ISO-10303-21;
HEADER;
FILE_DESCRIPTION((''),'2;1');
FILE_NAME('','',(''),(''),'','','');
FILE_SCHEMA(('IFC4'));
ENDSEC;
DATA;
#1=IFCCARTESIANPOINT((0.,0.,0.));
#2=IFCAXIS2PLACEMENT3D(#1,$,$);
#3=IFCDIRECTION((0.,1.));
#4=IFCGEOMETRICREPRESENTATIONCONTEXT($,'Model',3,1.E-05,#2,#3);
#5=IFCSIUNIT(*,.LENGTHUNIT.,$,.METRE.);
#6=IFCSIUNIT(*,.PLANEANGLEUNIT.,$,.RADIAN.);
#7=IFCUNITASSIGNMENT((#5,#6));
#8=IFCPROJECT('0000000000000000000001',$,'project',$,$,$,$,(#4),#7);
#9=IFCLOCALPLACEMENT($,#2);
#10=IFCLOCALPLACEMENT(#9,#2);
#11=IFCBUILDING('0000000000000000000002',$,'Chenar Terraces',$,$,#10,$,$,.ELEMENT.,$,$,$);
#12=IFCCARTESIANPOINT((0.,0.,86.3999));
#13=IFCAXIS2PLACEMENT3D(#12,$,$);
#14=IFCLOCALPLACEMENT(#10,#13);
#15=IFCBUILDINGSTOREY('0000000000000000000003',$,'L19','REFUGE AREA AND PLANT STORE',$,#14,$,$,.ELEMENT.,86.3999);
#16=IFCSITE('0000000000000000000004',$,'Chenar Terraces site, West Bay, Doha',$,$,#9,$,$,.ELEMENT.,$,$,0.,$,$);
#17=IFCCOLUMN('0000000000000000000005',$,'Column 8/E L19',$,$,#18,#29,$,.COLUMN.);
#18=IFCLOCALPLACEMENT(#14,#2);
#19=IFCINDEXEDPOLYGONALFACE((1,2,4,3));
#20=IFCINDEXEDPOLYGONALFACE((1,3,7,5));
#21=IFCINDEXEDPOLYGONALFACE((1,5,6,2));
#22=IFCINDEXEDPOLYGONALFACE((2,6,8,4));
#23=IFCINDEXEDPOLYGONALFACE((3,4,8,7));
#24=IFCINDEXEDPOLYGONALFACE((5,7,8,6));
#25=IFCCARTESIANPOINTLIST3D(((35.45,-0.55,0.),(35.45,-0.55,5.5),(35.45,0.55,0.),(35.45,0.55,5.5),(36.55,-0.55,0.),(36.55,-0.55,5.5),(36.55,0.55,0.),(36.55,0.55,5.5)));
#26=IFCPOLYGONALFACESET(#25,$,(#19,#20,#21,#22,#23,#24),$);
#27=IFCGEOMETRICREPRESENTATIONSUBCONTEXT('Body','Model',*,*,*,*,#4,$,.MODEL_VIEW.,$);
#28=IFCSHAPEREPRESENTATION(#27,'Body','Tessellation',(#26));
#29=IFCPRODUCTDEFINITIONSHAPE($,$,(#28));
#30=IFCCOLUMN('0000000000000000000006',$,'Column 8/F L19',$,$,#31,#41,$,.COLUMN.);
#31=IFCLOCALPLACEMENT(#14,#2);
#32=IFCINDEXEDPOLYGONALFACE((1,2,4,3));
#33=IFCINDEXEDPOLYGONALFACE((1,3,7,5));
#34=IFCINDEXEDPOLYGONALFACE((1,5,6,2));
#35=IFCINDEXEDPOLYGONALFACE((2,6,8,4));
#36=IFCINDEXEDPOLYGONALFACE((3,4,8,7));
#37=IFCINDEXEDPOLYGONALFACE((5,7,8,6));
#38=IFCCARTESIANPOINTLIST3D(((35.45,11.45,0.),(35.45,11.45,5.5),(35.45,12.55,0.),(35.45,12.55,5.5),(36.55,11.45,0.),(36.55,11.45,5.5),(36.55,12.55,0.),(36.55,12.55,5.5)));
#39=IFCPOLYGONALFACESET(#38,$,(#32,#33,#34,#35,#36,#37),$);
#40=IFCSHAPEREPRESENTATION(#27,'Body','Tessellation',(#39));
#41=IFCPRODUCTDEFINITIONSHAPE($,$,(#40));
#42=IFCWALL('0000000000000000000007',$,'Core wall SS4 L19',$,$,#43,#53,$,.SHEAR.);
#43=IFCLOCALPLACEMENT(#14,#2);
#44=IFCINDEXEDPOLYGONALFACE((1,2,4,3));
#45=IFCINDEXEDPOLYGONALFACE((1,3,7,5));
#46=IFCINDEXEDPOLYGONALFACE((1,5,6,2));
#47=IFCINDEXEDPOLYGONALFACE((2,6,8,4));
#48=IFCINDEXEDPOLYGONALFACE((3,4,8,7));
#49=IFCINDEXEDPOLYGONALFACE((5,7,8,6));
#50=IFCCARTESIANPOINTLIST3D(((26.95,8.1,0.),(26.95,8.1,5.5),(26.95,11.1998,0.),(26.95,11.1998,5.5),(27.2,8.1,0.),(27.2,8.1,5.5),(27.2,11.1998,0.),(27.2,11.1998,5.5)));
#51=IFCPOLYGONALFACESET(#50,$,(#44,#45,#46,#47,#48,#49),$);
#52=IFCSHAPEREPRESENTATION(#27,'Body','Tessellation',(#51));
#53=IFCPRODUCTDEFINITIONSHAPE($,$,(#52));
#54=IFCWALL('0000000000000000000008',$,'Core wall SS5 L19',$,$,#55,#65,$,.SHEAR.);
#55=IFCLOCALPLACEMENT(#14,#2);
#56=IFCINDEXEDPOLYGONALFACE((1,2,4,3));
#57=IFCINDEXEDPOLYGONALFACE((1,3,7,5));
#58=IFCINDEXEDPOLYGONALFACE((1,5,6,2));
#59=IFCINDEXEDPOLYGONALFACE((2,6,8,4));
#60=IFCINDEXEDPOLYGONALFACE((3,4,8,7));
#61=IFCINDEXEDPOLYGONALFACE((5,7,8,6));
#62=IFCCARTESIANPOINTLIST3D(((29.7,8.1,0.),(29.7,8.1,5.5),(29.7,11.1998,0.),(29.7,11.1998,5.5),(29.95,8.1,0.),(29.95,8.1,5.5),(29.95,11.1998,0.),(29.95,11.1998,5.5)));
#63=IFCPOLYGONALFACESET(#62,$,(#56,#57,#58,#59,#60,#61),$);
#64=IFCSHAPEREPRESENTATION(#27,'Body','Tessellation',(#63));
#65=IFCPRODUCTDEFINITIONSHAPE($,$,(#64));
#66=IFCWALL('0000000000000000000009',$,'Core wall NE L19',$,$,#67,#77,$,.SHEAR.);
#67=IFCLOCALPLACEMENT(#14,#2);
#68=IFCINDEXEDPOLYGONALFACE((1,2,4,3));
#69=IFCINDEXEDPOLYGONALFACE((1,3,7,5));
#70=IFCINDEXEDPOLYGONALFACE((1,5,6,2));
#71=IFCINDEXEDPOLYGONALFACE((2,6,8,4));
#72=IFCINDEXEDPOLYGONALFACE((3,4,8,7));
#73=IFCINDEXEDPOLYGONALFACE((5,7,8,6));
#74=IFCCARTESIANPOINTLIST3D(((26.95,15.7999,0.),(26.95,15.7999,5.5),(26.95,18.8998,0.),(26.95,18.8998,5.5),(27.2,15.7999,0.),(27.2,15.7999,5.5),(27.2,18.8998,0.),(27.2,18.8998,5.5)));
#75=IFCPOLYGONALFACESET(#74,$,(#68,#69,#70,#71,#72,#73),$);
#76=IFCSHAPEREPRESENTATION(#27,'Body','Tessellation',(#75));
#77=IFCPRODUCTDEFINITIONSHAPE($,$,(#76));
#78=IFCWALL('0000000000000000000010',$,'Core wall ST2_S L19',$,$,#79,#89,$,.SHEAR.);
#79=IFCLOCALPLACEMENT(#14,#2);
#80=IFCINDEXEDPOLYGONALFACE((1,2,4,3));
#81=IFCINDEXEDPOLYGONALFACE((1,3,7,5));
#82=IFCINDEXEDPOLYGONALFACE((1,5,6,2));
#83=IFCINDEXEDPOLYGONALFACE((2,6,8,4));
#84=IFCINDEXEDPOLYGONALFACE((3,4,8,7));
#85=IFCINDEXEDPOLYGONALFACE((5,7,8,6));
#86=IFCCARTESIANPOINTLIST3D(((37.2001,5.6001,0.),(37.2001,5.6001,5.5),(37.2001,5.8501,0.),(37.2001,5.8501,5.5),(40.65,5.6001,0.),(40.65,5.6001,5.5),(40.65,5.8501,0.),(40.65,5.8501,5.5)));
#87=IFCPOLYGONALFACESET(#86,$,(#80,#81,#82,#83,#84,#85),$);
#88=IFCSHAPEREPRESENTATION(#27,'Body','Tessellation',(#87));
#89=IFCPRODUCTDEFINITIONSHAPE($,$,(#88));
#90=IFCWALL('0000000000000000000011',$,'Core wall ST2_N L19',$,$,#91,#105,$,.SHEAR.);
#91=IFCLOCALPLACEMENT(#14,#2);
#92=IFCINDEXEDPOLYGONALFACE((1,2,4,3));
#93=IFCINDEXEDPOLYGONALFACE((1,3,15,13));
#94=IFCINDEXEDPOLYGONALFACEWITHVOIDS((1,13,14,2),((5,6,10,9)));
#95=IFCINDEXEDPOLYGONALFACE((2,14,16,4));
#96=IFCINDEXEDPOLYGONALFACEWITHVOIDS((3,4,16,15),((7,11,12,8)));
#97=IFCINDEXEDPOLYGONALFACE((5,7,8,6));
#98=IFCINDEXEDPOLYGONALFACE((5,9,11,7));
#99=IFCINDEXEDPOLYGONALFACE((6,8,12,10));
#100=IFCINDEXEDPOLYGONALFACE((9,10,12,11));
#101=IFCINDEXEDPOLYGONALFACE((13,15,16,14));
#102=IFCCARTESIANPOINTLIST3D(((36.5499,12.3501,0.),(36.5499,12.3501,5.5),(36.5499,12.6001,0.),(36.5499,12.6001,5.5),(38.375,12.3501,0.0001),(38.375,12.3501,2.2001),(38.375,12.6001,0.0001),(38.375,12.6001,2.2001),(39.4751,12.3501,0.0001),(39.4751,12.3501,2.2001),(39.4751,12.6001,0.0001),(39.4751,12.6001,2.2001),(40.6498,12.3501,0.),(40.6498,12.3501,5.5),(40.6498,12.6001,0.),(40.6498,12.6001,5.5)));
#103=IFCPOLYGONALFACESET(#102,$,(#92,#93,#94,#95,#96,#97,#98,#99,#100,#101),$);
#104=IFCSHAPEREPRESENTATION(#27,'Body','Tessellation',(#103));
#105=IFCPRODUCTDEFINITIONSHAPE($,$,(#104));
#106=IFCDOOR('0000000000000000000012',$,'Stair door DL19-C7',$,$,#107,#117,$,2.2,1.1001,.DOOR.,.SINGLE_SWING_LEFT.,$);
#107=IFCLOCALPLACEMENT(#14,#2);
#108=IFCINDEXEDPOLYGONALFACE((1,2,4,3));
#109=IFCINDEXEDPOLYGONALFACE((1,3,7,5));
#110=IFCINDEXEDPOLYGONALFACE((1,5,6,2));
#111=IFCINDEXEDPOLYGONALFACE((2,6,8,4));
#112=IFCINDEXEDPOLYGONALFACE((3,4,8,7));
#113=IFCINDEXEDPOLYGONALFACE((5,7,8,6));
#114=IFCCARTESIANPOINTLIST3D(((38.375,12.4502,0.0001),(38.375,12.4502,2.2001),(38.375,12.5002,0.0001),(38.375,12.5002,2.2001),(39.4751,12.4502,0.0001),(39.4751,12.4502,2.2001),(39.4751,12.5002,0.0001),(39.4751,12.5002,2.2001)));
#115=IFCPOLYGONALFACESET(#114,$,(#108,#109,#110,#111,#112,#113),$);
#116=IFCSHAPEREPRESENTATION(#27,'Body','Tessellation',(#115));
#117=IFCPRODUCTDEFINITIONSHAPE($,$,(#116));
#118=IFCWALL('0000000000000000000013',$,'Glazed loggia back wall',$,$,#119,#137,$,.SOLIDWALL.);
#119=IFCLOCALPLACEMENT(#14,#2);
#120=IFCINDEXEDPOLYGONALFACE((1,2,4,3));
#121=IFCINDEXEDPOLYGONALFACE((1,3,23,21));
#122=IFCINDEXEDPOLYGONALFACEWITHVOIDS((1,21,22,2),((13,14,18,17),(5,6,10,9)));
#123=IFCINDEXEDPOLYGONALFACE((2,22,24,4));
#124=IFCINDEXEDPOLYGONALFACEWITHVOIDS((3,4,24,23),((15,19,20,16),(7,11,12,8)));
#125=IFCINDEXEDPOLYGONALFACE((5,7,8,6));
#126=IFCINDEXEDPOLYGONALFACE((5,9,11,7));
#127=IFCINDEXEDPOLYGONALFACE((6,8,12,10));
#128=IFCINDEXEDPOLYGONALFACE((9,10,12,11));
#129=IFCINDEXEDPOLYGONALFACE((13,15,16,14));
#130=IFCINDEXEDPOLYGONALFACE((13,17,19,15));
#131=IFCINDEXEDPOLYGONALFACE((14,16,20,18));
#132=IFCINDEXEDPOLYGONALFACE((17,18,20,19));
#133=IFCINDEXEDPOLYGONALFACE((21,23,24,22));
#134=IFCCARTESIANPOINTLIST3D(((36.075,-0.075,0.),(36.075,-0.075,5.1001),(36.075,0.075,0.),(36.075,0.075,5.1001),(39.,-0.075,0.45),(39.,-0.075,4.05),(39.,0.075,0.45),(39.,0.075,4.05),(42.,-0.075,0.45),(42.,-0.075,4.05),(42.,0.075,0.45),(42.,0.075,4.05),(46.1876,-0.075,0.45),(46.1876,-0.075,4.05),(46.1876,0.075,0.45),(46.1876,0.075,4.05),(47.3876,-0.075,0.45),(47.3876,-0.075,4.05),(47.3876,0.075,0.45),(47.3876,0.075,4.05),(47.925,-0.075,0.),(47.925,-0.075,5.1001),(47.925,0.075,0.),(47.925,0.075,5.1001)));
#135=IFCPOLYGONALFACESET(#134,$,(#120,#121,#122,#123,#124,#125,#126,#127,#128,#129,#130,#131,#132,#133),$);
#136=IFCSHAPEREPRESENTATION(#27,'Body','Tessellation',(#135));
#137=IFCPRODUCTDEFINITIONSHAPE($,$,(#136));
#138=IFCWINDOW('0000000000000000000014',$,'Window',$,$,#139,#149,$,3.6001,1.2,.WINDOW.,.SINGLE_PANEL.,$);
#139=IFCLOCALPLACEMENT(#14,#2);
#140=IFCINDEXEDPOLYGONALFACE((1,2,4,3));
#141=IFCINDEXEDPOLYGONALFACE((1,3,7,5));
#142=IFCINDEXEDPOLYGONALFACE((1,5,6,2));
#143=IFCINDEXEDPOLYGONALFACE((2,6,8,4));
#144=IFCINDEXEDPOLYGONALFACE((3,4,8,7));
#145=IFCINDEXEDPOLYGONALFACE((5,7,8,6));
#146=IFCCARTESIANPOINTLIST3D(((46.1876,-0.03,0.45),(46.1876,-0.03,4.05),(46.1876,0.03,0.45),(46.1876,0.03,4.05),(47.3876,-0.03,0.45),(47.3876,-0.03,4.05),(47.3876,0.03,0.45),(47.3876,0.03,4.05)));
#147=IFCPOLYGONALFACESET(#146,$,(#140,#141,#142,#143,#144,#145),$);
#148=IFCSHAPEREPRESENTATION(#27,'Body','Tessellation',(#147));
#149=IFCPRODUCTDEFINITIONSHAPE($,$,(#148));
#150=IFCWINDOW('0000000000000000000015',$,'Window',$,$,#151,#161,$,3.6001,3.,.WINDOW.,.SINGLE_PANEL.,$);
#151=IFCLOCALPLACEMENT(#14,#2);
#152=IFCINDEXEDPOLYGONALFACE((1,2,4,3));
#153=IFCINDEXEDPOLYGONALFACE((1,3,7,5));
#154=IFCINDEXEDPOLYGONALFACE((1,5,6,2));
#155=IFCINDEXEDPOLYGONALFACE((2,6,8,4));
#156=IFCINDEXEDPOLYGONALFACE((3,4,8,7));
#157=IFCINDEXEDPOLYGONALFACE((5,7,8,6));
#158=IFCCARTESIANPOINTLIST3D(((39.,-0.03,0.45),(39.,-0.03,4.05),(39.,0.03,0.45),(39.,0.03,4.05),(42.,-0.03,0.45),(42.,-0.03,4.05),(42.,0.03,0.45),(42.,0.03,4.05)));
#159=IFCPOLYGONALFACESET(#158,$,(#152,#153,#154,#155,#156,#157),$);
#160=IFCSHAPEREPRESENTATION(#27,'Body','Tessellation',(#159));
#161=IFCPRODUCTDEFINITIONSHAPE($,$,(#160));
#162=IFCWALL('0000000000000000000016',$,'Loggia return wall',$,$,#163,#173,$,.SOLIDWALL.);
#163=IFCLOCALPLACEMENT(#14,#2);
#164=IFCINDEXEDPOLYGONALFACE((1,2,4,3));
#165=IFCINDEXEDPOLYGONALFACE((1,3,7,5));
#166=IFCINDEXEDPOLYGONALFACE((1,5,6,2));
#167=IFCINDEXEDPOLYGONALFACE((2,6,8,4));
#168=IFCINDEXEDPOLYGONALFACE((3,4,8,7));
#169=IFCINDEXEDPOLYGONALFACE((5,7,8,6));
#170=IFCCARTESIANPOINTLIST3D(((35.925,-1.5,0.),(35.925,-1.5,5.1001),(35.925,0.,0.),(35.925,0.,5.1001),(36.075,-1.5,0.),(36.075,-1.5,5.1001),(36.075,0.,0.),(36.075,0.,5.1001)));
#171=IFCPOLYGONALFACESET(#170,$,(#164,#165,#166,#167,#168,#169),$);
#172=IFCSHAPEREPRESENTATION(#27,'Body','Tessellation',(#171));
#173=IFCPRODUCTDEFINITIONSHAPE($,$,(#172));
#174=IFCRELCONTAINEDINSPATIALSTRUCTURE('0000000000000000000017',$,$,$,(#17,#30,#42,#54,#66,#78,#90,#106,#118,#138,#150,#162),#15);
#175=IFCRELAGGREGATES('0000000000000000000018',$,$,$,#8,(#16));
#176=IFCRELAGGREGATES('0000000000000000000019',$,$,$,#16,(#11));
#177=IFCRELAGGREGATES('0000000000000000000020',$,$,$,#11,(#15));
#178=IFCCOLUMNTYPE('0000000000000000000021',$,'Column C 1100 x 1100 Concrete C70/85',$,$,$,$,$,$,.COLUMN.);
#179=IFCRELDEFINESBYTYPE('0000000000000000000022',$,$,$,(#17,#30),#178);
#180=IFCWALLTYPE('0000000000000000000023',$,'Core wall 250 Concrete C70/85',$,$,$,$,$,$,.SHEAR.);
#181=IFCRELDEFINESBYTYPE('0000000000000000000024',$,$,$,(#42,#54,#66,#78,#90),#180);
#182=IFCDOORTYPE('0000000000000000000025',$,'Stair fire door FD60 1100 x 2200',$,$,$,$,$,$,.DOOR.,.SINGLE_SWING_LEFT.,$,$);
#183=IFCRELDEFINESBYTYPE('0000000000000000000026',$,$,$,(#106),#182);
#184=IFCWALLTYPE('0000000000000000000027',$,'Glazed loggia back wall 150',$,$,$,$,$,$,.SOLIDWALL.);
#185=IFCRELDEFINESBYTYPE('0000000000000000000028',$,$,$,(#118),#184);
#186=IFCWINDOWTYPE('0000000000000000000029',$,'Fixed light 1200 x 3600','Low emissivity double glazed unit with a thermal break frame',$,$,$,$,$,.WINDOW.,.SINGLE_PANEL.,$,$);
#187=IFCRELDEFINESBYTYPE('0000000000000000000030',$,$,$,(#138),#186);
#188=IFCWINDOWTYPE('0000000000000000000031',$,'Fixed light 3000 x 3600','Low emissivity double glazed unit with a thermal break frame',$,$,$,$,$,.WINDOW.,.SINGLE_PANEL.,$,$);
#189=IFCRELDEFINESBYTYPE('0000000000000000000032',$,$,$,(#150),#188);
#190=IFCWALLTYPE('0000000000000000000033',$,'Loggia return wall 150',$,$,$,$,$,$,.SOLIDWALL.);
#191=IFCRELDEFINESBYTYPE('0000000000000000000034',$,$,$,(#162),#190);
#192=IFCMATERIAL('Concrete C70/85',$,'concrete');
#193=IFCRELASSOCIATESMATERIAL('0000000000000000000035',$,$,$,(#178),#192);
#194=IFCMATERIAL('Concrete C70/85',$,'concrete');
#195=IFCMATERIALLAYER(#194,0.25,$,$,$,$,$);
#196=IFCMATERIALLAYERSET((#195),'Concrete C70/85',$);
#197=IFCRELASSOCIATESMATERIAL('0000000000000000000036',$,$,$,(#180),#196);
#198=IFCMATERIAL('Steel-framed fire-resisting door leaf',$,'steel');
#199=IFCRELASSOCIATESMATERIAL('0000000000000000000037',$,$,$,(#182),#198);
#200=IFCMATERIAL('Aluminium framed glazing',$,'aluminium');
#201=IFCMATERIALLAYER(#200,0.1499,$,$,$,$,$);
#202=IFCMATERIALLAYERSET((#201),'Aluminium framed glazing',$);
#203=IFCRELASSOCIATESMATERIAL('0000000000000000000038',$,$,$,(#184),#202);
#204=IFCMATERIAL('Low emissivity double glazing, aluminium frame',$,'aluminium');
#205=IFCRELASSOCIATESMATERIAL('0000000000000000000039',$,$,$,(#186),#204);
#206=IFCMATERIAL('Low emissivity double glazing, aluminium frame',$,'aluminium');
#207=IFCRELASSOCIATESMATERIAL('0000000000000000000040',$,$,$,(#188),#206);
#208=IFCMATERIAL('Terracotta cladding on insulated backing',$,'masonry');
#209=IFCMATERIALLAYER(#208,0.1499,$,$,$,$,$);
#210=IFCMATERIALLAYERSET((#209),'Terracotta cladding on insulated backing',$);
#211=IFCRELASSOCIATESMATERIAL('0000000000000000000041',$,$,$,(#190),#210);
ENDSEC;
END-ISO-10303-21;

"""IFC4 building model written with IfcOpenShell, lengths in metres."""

from ifc_helpers import new_model, si_unit, direction, frame, frame_2d, origin, origin_2d, place, context, subcontext, project, spatial, rectangle, extrude, material, layer, layer_set, material_profile, profile_set, type_object, element, fill, save


model = new_model("IFC4")

# Units and contexts
model_context = context("Model", 3, precision=1e-05, world=origin(), true_north=direction((0.0, 1.0)))
body_context = subcontext(model_context, "Body", "Model", "MODEL_VIEW")
ifc_project = project(units=[si_unit("LENGTHUNIT", "METRE"), si_unit("PLANEANGLEUNIT", "RADIAN")], contexts=[model_context])

# Site, building, storey
site_placement = place(None, origin())
site = spatial("IfcSite", under=ifc_project, at=site_placement, Name="Chenar Terraces site, West Bay, Doha", CompositionType="ELEMENT", RefElevation=0.0)
building_placement = place(site_placement, origin())
building = spatial("IfcBuilding", under=site, at=building_placement, Name="Chenar Terraces", CompositionType="ELEMENT")
storey_placement = place(building_placement, frame((0.0, 0.0, 86.3999)))
storey = spatial("IfcBuildingStorey", under=building, at=storey_placement, Name="L19", Description="REFUGE AREA AND PLANT STORE", CompositionType="ELEMENT", Elevation=86.3999)

# Columns
ifc_material_1 = material(Name="Concrete C70/85", Category="concrete")
ifc_material_profile_1 = material_profile(ifc_material_1, rectangle(XDim=1.1001, YDim=1.1001, at=origin_2d()), Name="C 1100 x 1100")
ifc_profile_set_1 = profile_set([ifc_material_profile_1], Name="Concrete C70/85")
column_type = type_object("IfcColumnType", Name="Column C 1100 x 1100 Concrete C70/85", PredefinedType="COLUMN", material=ifc_profile_set_1)
for number, where, z_axis, x_axis, name in (
    (1, (36.0, 0.0, 0.0), (0.0, 0.0, 1.0), (1.0, 0.0, 0.0), "Column 8/E L19"),
    (2, (36.0, 12.0, 0.0), (0.0, 0.0, 1.0), (1.0, 0.0, 0.0), "Column 8/F L19"),
):
    element("IfcColumn", number, at=place(storey_placement, frame(where, z_axis=z_axis, x_axis=x_axis)), inside=storey, type_object=column_type, Name=name, PredefinedType="COLUMN", context=body_context, shape_type="SweptSolid", body=[
        extrude(rectangle(XDim=1.1001, YDim=1.1001, at=origin_2d()), origin(), (0.0, 0.0, 1.0), 5.5),
    ])

# Walls
ifc_material_2 = material(Name="Concrete C70/85", Category="concrete")
ifc_layer_1 = layer(ifc_material_2, 0.25)
ifc_layer_set_1 = layer_set([ifc_layer_1], Name="Concrete C70/85")
wall_type_1 = type_object("IfcWallType", Name="Core wall 250 Concrete C70/85", PredefinedType="SHEAR", material=ifc_layer_set_1)
for number, where, z_axis, x_axis, name in (
    (3, (27.075, 8.1001, 0.0), (0.0, 0.0, 1.0), (0.0, 1.0, 0.0), "Core wall SS4 L19"),
    (4, (29.825, 8.1001, 0.0), (0.0, 0.0, 1.0), (0.0, 1.0, 0.0), "Core wall SS5 L19"),
    (5, (27.075, 15.8, 0.0), (0.0, 0.0, 1.0), (0.0, 1.0, 0.0), "Core wall NE L19"),
):
    element("IfcWall", number, at=place(storey_placement, frame(where, z_axis=z_axis, x_axis=x_axis)), inside=storey, type_object=wall_type_1, Name=name, PredefinedType="SHEAR", context=body_context, shape_type="SweptSolid", body=[
        extrude(rectangle(XDim=3.0999, YDim=0.25, at=frame_2d((1.5498, 0.0))), origin(), (0.0, 0.0, 1.0), 5.5),
    ])
wall_1_placement = place(storey_placement, frame((37.2, 5.7251, 0.0), z_axis=(0.0, 0.0, 1.0), x_axis=(1.0, 0.0, 0.0)))
element("IfcWall", 6, at=wall_1_placement, inside=storey, type_object=wall_type_1, Name="Core wall ST2_S L19", PredefinedType="SHEAR", context=body_context, shape_type="SweptSolid", body=[
    extrude(rectangle(XDim=3.45, YDim=0.25, at=frame_2d((1.7251, 0.0))), origin(), (0.0, 0.0, 1.0), 5.5),
])

# Wall, opening, door
wall_2_placement = place(storey_placement, frame((36.55, 12.4751, 0.0), z_axis=(0.0, 0.0, 1.0), x_axis=(1.0, 0.0, 0.0)))
wall_2 = element("IfcWall", 7, at=wall_2_placement, inside=storey, type_object=wall_type_1, Name="Core wall ST2_N L19", PredefinedType="SHEAR", context=body_context, shape_type="SweptSolid", body=[
    extrude(rectangle(XDim=4.0999, YDim=0.25, at=frame_2d((2.0498, 0.0))), origin(), (0.0, 0.0, 1.0), 5.5),
])
opening_1_placement = place(wall_2_placement, frame((1.825, 0.0, 0.0)))
opening_1 = element("IfcOpeningElement", 8, at=opening_1_placement, cuts=wall_2, PredefinedType="OPENING", context=body_context, shape_type="SweptSolid", body=[
    extrude(rectangle(XDim=1.1001, YDim=2.2, at=frame_2d((0.55, 1.1001))), frame((0.0, 0.135, 0.0), z_axis=(0.0, -1.0, 0.0), x_axis=(1.0, 0.0, 0.0)), (0.0, 0.0, 1.0), 0.27),
])
ifc_material_3 = material(Name="Steel-framed fire-resisting door leaf", Category="steel")
door_type_1 = type_object("IfcDoorType", Name="Stair fire door FD60 1100 x 2200", OperationType="SINGLE_SWING_LEFT", PredefinedType="DOOR", material=ifc_material_3)
door_1_placement = place(opening_1_placement, frame((1.1001, 0.0, 0.0), z_axis=(0.0, 0.0, 1.0), x_axis=(-1.0, 0.0, 0.0)))
door_1 = element("IfcDoor", 9, at=door_1_placement, inside=storey, type_object=door_type_1, Name="Stair door DL19-C7", OperationType="SINGLE_SWING_LEFT", OverallHeight=2.2, OverallWidth=1.1001, PredefinedType="DOOR", context=body_context, shape_type="SweptSolid", body=[
    extrude(rectangle(XDim=1.1001, YDim=2.2, at=frame_2d((0.55, 1.1001))), frame((0.0, 0.0249, 0.0), z_axis=(0.0, -1.0, 0.0), x_axis=(1.0, 0.0, 0.0)), (0.0, 0.0, 1.0), 0.05),
])
fill(opening_1, door_1)

# Wall, openings, windows
ifc_material_4 = material(Name="Aluminium framed glazing", Category="aluminium")
ifc_layer_2 = layer(ifc_material_4, 0.1499)
ifc_layer_set_2 = layer_set([ifc_layer_2], Name="Aluminium framed glazing")
wall_type_2 = type_object("IfcWallType", Name="Glazed loggia back wall 150", PredefinedType="SOLIDWALL", material=ifc_layer_set_2)
wall_3_placement = place(storey_placement, frame((36.075, 0.0, 0.0), z_axis=(0.0, 0.0, 1.0), x_axis=(1.0, 0.0, 0.0)))
wall_3 = element("IfcWall", 10, at=wall_3_placement, inside=storey, type_object=wall_type_2, Name="Glazed loggia back wall", PredefinedType="SOLIDWALL", context=body_context, shape_type="SweptSolid", body=[
    extrude(rectangle(XDim=11.8501, YDim=0.1499, at=frame_2d((5.925, 0.0))), origin(), (0.0, 0.0, 1.0), 5.1001),
])
opening_2_placement = place(wall_3_placement, frame((2.925, 0.0, 0.45)))
opening_2 = element("IfcOpeningElement", 11, at=opening_2_placement, cuts=wall_3, PredefinedType="OPENING", context=body_context, shape_type="SweptSolid", body=[
    extrude(rectangle(XDim=3.0, YDim=3.6001, at=frame_2d((1.5, 1.8))), frame((0.0, 0.085, 0.0), z_axis=(0.0, -1.0, 0.0), x_axis=(1.0, 0.0, 0.0)), (0.0, 0.0, 1.0), 0.1699),
])
opening_3_placement = place(wall_3_placement, frame((10.1125, 0.0, 0.45)))
opening_3 = element("IfcOpeningElement", 12, at=opening_3_placement, cuts=wall_3, PredefinedType="OPENING", context=body_context, shape_type="SweptSolid", body=[
    extrude(rectangle(XDim=1.2, YDim=3.6001, at=frame_2d((0.6001, 1.8))), frame((0.0, 0.085, 0.0), z_axis=(0.0, -1.0, 0.0), x_axis=(1.0, 0.0, 0.0)), (0.0, 0.0, 1.0), 0.1699),
])
ifc_material_5 = material(Name="Low emissivity double glazing, aluminium frame", Category="aluminium")
window_type_1 = type_object("IfcWindowType", Name="Fixed light 1200 x 3600", Description="Low emissivity double glazed unit with a thermal break frame", PartitioningType="SINGLE_PANEL", PredefinedType="WINDOW", material=ifc_material_5)
window_1_placement = place(opening_3_placement, origin())
window_1 = element("IfcWindow", 13, at=window_1_placement, inside=storey, type_object=window_type_1, Name="Window", OverallHeight=3.6001, OverallWidth=1.2, PartitioningType="SINGLE_PANEL", PredefinedType="WINDOW", context=body_context, shape_type="SweptSolid", body=[
    extrude(rectangle(XDim=1.2, YDim=3.6001, at=frame_2d((0.6001, 1.8))), frame((0.0, 0.03, 0.0), z_axis=(0.0, -1.0, 0.0), x_axis=(1.0, 0.0, 0.0)), (0.0, 0.0, 1.0), 0.0601),
])
fill(opening_3, window_1)
ifc_material_6 = material(Name="Low emissivity double glazing, aluminium frame", Category="aluminium")
window_type_2 = type_object("IfcWindowType", Name="Fixed light 3000 x 3600", Description="Low emissivity double glazed unit with a thermal break frame", PartitioningType="SINGLE_PANEL", PredefinedType="WINDOW", material=ifc_material_6)
window_2_placement = place(opening_2_placement, origin())
window_2 = element("IfcWindow", 14, at=window_2_placement, inside=storey, type_object=window_type_2, Name="Window", OverallHeight=3.6001, OverallWidth=3.0, PartitioningType="SINGLE_PANEL", PredefinedType="WINDOW", context=body_context, shape_type="SweptSolid", body=[
    extrude(rectangle(XDim=3.0, YDim=3.6001, at=frame_2d((1.5, 1.8))), frame((0.0, 0.03, 0.0), z_axis=(0.0, -1.0, 0.0), x_axis=(1.0, 0.0, 0.0)), (0.0, 0.0, 1.0), 0.0601),
])
fill(opening_2, window_2)

# Wall
ifc_material_7 = material(Name="Terracotta cladding on insulated backing", Category="masonry")
ifc_layer_3 = layer(ifc_material_7, 0.1499)
ifc_layer_set_3 = layer_set([ifc_layer_3], Name="Terracotta cladding on insulated backing")
wall_type_3 = type_object("IfcWallType", Name="Loggia return wall 150", PredefinedType="SOLIDWALL", material=ifc_layer_set_3)
wall_4_placement = place(storey_placement, frame((36.0, -1.5, 0.0), z_axis=(0.0, 0.0, 1.0), x_axis=(0.0, 1.0, 0.0)))
element("IfcWall", 15, at=wall_4_placement, inside=storey, type_object=wall_type_3, Name="Loggia return wall", PredefinedType="SOLIDWALL", context=body_context, shape_type="SweptSolid", body=[
    extrude(rectangle(XDim=1.5, YDim=0.1499, at=frame_2d((0.75, 0.0))), origin(), (0.0, 0.0, 1.0), 5.1001),
])

save(model, "model.ifc")
